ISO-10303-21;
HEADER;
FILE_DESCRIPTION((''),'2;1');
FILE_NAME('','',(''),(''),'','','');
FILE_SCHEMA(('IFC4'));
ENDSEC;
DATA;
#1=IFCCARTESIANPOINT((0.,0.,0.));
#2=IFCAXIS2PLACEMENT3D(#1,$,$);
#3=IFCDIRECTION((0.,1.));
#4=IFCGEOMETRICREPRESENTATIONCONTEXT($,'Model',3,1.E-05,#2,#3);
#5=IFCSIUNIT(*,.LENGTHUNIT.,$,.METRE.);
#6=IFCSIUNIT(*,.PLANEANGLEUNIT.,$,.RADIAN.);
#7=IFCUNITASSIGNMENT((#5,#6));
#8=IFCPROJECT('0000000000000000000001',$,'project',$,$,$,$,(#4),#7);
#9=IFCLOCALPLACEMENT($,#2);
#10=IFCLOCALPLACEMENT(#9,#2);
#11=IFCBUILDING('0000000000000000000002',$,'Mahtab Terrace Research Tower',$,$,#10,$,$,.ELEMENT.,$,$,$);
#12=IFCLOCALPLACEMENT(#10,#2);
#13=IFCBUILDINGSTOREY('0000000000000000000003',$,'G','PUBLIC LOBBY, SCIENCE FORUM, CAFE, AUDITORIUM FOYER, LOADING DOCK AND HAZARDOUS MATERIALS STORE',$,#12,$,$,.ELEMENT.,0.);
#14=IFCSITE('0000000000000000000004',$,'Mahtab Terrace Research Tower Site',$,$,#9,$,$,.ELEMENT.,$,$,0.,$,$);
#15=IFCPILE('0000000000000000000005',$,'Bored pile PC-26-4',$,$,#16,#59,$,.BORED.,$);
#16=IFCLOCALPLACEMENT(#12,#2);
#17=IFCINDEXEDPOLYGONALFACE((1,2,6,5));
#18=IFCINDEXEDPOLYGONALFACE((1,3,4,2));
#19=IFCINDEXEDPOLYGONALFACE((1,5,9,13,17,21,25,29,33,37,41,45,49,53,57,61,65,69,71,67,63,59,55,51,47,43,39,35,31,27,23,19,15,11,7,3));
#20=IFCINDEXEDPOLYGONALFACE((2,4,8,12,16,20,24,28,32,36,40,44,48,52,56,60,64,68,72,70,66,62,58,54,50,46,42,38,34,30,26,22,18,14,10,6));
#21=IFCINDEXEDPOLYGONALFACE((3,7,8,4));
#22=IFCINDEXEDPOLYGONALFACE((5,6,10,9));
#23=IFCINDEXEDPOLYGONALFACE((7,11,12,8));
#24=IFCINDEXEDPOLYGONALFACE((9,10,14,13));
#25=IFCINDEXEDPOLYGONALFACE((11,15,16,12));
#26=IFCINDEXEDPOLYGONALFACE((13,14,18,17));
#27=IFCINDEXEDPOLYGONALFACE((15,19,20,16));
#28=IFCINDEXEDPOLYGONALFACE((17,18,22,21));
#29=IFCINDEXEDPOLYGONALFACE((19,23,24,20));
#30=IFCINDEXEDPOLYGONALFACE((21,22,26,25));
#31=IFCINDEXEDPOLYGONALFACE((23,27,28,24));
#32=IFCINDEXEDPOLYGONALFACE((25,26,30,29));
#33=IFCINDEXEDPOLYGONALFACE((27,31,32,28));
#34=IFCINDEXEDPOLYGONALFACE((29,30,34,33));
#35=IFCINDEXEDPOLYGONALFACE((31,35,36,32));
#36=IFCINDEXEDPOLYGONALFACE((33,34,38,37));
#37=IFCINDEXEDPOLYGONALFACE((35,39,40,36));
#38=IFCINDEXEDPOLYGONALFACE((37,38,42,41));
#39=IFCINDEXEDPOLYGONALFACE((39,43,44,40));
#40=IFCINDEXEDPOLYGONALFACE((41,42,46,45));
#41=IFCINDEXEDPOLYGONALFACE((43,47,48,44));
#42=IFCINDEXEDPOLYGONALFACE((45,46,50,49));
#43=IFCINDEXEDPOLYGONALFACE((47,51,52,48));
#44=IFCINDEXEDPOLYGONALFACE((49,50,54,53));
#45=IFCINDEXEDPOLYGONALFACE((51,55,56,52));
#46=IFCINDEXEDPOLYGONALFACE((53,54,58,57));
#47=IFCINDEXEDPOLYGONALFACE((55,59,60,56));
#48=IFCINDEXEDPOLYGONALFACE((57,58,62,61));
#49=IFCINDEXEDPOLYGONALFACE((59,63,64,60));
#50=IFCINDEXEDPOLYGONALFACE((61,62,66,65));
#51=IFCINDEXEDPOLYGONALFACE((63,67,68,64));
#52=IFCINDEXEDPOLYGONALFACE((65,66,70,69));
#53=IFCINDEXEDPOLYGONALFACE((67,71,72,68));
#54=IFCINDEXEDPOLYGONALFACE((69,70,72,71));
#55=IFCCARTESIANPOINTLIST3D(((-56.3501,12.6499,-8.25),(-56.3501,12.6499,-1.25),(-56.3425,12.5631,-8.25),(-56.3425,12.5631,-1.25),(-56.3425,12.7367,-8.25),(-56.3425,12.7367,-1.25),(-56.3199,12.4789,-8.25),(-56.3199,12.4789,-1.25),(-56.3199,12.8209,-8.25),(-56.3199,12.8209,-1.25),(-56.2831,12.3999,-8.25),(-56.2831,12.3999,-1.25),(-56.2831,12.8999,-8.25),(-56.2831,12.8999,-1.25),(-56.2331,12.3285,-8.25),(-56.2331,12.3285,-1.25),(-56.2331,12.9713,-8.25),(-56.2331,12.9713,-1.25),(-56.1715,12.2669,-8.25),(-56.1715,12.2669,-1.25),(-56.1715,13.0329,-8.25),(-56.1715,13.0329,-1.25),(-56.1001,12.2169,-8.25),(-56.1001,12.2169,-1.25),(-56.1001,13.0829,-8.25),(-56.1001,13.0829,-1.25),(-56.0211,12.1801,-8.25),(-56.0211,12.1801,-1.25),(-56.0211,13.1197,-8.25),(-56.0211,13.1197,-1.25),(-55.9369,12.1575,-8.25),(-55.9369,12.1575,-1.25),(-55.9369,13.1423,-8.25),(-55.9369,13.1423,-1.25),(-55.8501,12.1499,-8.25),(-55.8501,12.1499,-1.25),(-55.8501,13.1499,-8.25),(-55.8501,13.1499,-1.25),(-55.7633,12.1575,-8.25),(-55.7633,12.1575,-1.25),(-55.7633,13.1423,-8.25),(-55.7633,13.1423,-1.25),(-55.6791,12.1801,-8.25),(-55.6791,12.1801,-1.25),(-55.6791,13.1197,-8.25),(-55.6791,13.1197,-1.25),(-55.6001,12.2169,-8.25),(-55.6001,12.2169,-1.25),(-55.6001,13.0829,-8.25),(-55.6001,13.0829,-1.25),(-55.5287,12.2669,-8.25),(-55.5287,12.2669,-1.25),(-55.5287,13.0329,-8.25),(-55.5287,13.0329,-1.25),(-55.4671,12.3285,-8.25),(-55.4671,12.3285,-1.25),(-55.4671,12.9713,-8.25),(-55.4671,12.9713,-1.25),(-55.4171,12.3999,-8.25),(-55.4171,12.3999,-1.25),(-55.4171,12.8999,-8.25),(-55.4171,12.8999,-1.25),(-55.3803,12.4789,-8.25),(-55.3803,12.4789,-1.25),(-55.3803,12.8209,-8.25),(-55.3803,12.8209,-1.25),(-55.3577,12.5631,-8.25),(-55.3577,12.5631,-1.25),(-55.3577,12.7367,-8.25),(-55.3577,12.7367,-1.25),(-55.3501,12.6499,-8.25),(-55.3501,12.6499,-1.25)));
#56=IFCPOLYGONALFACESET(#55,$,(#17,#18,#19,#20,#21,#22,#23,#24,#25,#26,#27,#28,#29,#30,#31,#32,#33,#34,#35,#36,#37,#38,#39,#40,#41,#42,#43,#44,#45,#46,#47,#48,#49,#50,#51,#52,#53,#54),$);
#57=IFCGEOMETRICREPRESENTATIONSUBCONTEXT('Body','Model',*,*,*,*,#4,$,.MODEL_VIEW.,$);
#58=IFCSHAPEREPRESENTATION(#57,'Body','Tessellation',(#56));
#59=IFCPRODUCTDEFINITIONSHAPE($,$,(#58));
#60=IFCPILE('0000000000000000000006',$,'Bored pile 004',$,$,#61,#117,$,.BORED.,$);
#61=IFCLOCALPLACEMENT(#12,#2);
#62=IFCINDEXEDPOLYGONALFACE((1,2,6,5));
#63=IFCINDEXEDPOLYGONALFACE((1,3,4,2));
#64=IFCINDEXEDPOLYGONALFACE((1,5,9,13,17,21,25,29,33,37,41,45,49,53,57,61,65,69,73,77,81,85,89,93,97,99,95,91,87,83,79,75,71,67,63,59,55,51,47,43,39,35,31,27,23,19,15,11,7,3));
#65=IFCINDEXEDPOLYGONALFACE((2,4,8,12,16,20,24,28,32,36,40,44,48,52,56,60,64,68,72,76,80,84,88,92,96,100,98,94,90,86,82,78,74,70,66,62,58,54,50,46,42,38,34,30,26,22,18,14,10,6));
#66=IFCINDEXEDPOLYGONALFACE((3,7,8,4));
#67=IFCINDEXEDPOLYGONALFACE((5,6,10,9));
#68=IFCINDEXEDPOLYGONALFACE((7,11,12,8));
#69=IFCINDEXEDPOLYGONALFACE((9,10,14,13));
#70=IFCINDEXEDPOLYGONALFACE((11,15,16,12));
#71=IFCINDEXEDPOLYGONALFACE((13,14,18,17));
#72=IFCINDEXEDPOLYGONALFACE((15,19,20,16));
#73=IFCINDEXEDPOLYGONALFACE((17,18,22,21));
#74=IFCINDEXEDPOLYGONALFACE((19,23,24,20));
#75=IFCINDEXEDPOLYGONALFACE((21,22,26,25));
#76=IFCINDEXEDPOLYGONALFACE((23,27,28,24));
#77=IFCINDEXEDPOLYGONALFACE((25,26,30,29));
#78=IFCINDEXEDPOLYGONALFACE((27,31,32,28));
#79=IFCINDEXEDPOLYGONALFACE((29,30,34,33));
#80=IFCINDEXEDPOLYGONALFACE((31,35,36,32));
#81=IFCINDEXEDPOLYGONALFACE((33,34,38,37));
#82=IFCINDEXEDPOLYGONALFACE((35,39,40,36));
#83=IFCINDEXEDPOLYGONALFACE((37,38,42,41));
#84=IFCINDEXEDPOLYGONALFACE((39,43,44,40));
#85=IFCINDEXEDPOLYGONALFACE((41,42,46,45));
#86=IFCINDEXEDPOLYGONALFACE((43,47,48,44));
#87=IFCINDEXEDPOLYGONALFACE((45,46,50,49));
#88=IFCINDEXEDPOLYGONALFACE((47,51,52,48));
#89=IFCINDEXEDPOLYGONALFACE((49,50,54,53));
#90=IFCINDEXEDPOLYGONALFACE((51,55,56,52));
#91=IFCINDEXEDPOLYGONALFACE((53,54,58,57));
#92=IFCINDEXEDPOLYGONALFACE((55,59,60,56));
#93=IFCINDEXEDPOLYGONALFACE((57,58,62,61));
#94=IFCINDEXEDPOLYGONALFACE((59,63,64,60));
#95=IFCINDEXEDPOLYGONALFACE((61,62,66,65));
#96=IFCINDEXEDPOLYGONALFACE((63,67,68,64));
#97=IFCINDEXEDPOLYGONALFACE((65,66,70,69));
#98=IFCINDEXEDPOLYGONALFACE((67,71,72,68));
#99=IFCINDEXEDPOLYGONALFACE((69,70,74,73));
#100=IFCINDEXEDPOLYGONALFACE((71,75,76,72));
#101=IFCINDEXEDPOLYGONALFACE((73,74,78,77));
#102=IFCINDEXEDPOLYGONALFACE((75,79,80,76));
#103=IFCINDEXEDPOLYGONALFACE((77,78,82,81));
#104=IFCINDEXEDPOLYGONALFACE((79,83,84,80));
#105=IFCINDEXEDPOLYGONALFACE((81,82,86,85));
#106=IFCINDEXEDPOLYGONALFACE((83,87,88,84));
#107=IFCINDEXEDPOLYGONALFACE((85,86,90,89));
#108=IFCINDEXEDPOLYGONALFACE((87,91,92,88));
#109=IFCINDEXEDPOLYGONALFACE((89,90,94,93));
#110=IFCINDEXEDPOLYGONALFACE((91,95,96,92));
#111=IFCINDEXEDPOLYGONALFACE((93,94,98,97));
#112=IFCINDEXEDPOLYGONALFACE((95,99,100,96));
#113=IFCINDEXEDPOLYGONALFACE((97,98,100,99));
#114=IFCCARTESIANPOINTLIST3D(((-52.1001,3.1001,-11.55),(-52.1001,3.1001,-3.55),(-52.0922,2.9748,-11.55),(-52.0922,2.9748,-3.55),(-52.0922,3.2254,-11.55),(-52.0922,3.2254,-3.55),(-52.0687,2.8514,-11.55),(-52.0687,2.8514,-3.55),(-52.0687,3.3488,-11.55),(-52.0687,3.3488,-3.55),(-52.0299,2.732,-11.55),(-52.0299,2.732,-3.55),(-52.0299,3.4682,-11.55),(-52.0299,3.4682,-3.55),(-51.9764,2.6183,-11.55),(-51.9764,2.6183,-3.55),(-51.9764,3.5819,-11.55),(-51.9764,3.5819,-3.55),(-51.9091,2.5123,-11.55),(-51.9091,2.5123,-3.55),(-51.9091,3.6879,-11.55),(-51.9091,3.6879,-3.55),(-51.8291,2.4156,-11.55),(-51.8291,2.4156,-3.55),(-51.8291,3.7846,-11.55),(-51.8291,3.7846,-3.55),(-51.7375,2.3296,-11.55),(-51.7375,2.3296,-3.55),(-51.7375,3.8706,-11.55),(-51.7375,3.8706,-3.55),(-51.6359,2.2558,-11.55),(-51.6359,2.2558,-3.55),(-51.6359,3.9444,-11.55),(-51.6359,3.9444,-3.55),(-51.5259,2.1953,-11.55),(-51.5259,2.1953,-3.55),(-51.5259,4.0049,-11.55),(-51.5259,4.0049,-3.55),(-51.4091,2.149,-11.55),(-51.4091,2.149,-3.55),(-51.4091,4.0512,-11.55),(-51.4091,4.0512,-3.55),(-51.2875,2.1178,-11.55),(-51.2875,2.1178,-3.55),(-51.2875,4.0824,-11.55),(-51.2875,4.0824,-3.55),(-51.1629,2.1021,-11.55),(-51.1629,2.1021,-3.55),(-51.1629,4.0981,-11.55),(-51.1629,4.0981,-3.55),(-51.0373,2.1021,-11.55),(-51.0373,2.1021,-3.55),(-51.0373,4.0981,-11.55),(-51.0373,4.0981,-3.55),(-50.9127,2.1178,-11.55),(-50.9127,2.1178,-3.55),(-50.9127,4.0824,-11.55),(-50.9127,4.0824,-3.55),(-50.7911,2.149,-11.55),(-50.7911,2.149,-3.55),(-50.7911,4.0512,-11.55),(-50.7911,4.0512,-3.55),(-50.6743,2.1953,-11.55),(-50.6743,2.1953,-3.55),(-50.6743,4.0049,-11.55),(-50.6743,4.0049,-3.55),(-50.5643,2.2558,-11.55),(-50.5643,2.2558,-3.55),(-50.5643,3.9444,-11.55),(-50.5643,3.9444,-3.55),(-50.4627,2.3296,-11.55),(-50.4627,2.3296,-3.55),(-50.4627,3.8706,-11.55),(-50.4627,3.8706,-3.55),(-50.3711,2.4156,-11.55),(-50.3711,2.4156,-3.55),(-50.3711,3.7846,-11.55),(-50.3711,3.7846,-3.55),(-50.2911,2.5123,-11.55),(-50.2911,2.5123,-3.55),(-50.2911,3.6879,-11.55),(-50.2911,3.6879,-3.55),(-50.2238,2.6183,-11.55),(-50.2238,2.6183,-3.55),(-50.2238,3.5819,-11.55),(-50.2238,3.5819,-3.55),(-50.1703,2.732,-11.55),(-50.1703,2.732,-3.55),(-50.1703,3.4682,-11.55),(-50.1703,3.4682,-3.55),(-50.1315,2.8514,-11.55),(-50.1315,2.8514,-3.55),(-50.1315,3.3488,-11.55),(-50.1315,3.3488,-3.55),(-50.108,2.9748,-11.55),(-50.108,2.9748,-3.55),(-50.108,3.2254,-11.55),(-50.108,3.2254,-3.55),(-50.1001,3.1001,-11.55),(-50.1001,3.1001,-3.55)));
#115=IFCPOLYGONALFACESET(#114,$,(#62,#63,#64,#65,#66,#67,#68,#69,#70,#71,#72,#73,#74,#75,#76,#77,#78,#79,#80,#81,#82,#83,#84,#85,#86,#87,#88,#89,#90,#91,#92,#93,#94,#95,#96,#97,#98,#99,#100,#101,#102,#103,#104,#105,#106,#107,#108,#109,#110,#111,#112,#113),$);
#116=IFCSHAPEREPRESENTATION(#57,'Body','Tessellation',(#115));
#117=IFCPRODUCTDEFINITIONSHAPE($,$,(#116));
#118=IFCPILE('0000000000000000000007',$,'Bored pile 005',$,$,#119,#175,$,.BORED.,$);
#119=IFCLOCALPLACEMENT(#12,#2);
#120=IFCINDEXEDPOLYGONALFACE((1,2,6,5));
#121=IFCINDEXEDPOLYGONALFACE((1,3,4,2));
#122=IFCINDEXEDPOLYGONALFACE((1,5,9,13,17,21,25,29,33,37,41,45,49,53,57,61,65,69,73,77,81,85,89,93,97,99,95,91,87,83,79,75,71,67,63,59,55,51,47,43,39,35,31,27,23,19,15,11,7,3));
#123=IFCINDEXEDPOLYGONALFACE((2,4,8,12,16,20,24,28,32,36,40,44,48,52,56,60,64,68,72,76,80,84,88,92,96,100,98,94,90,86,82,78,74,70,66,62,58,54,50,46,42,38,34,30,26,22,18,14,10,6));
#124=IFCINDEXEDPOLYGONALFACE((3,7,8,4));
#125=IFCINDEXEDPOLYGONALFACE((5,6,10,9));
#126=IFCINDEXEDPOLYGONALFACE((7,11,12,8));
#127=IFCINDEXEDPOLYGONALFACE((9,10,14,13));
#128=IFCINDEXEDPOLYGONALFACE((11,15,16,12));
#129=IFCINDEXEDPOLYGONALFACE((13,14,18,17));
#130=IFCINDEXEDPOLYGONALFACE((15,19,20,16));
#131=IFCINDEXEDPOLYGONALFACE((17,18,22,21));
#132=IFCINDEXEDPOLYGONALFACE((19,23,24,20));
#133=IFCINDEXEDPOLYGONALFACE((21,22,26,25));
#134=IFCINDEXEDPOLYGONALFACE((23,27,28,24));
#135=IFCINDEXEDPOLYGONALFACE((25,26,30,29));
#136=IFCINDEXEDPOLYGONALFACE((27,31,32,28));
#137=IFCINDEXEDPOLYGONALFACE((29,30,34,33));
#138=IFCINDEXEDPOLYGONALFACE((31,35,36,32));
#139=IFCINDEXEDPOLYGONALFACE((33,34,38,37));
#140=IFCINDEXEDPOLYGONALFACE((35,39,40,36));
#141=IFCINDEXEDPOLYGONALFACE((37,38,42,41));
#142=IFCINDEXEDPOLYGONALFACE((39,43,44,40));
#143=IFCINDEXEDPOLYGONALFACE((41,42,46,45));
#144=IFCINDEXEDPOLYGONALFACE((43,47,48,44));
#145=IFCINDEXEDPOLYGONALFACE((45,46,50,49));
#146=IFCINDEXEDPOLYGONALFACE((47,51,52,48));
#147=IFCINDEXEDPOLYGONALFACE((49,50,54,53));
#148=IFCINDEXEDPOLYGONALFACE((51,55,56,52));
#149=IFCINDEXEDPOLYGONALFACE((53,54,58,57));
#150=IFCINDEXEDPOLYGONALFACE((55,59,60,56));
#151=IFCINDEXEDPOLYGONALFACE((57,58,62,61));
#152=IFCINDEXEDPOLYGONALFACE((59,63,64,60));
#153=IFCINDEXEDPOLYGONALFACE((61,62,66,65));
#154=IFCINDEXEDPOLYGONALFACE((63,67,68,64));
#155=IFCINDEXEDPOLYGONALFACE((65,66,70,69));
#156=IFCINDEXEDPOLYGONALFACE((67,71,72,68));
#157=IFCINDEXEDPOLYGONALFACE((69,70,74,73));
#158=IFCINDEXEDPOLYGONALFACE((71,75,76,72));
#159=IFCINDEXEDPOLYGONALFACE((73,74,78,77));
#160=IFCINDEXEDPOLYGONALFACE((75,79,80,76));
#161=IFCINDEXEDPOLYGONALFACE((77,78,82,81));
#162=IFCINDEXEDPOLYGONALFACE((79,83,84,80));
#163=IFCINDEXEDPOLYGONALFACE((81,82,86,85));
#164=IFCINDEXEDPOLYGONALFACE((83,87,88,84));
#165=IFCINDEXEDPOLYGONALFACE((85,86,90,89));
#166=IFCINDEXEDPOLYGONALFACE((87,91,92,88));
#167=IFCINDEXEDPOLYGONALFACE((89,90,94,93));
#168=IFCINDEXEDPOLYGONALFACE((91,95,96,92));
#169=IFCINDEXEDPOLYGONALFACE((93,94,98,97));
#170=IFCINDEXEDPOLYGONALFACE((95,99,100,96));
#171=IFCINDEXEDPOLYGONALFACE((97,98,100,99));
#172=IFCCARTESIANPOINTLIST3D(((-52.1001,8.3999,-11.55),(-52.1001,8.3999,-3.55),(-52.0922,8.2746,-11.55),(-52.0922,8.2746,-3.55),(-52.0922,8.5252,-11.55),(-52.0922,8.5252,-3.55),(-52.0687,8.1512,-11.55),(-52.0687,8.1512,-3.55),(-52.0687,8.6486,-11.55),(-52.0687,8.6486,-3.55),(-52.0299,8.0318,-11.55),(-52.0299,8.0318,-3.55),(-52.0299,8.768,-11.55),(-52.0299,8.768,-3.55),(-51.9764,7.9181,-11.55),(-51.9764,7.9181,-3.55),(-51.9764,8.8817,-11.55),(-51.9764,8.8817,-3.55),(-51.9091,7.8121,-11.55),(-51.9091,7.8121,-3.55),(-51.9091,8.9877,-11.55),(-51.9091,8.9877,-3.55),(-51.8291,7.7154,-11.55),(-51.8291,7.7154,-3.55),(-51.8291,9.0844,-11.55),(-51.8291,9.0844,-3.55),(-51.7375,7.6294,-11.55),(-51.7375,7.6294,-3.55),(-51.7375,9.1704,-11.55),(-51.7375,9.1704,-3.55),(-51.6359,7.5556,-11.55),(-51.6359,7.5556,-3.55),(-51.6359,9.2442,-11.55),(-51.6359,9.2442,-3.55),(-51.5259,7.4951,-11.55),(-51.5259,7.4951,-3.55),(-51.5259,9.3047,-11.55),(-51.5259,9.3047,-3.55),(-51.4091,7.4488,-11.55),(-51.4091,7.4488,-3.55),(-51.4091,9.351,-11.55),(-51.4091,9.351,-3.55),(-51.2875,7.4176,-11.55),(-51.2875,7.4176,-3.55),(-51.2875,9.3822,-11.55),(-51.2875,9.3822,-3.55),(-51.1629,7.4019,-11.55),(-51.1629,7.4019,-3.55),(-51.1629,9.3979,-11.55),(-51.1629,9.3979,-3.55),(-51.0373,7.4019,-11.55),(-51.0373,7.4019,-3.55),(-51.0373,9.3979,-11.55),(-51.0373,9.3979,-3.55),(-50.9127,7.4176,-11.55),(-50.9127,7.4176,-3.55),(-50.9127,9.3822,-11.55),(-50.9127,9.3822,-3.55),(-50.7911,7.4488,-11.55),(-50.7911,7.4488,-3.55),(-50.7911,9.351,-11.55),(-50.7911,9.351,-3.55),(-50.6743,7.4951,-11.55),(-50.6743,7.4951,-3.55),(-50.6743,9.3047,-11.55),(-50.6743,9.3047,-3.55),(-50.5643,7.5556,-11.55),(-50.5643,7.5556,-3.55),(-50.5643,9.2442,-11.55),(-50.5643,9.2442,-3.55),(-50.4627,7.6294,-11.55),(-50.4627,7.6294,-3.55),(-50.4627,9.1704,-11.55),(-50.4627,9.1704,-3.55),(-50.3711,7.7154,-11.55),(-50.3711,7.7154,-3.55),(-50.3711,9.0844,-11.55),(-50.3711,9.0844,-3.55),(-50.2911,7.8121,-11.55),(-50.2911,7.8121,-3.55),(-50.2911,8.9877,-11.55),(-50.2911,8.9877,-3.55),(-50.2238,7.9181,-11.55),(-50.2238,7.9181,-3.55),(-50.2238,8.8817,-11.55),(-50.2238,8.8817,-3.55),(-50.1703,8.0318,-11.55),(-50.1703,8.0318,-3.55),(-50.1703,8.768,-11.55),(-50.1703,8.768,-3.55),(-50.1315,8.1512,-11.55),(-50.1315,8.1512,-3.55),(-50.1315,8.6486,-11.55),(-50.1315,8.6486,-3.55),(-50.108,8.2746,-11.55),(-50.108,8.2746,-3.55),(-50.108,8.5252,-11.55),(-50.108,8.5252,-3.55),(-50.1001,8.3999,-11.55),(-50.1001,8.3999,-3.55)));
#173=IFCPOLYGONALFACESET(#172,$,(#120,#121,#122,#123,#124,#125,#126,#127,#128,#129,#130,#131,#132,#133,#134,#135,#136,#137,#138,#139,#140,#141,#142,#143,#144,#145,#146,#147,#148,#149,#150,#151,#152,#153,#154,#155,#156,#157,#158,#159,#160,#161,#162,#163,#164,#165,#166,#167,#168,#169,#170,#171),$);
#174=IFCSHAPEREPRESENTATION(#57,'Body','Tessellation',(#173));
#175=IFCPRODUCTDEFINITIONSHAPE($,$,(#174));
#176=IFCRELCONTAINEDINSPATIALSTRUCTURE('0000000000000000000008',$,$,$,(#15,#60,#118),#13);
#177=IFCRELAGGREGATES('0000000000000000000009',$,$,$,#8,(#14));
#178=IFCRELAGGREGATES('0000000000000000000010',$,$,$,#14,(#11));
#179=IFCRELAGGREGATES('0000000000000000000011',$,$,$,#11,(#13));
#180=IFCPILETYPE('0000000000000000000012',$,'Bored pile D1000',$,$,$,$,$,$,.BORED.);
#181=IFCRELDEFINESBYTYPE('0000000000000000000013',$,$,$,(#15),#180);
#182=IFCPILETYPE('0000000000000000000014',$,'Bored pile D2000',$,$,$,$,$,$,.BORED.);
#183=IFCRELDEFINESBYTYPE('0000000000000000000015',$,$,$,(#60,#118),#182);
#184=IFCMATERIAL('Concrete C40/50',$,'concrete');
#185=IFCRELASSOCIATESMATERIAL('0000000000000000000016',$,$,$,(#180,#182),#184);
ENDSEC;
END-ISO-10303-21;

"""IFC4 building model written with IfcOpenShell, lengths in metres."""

from ifc_helpers import new_model, si_unit, direction, frame, origin, origin_2d, place, context, subcontext, project, spatial, circle, extrude, material, material_profile, profile_set, type_object, element, save


model = new_model("IFC4")

# Units and contexts
model_context = context("Model", 3, precision=1e-05, world=origin(), true_north=direction((0.0, 1.0)))
body_context = subcontext(model_context, "Body", "Model", "MODEL_VIEW")
ifc_project = project(units=[si_unit("LENGTHUNIT", "METRE"), si_unit("PLANEANGLEUNIT", "RADIAN")], contexts=[model_context])

# Site, building, storey
site_placement = place(None, origin())
site = spatial("IfcSite", under=ifc_project, at=site_placement, Name="Mahtab Terrace Research Tower Site", CompositionType="ELEMENT", RefElevation=0.0)
building_placement = place(site_placement, origin())
building = spatial("IfcBuilding", under=site, at=building_placement, Name="Mahtab Terrace Research Tower", CompositionType="ELEMENT")
storey_placement = place(building_placement, origin())
storey = spatial("IfcBuildingStorey", under=building, at=storey_placement, Name="G", Description="PUBLIC LOBBY, SCIENCE FORUM, CAFE, AUDITORIUM FOYER, LOADING DOCK AND HAZARDOUS MATERIALS STORE", CompositionType="ELEMENT", Elevation=0.0)

# Piles
ifc_material_1 = material(Name="Concrete C40/50", Category="concrete")
ifc_material_profile_1 = material_profile(ifc_material_1, circle(Radius=0.5, at=origin_2d()), Name="Bored pile D1000")
ifc_profile_set_1 = profile_set([ifc_material_profile_1], Name="Concrete C40/50")
pile_type_1 = type_object("IfcPileType", Name="Bored pile D1000", PredefinedType="BORED", material=ifc_profile_set_1)
for number, where, z_axis, x_axis, name in (
    (1, (-55.8501, 12.6499, -1.25), (0.0, 0.0, -1.0), (1.0, 0.0, 0.0), "Bored pile PC-26-4"),
):
    element("IfcPile", number, at=place(storey_placement, frame(where, z_axis=z_axis, x_axis=x_axis)), inside=storey, type_object=pile_type_1, Name=name, PredefinedType="BORED", context=body_context, shape_type="SweptSolid", body=[
        extrude(circle(Radius=0.5, at=origin_2d()), origin(), (0.0, 0.0, 1.0), 7.0),
    ])
ifc_material_profile_2 = material_profile(ifc_material_1, circle(Radius=1.0, at=origin_2d()), Name="Bored pile D2000")
ifc_profile_set_2 = profile_set([ifc_material_profile_2], Name="Concrete C40/50")
pile_type_2 = type_object("IfcPileType", Name="Bored pile D2000", PredefinedType="BORED", material=ifc_profile_set_2)
for number, where, z_axis, x_axis, name in (
    (2, (-51.1001, 3.1001, -3.55), (0.0, 0.0, -1.0), (1.0, 0.0, 0.0), "Bored pile 004"),
    (3, (-51.1001, 8.3999, -3.55), (0.0, 0.0, -1.0), (1.0, 0.0, 0.0), "Bored pile 005"),
):
    element("IfcPile", number, at=place(storey_placement, frame(where, z_axis=z_axis, x_axis=x_axis)), inside=storey, type_object=pile_type_2, Name=name, PredefinedType="BORED", context=body_context, shape_type="SweptSolid", body=[
        extrude(circle(Radius=1.0, at=origin_2d()), origin(), (0.0, 0.0, 1.0), 8.0),
    ])

save(model, "model.ifc")
